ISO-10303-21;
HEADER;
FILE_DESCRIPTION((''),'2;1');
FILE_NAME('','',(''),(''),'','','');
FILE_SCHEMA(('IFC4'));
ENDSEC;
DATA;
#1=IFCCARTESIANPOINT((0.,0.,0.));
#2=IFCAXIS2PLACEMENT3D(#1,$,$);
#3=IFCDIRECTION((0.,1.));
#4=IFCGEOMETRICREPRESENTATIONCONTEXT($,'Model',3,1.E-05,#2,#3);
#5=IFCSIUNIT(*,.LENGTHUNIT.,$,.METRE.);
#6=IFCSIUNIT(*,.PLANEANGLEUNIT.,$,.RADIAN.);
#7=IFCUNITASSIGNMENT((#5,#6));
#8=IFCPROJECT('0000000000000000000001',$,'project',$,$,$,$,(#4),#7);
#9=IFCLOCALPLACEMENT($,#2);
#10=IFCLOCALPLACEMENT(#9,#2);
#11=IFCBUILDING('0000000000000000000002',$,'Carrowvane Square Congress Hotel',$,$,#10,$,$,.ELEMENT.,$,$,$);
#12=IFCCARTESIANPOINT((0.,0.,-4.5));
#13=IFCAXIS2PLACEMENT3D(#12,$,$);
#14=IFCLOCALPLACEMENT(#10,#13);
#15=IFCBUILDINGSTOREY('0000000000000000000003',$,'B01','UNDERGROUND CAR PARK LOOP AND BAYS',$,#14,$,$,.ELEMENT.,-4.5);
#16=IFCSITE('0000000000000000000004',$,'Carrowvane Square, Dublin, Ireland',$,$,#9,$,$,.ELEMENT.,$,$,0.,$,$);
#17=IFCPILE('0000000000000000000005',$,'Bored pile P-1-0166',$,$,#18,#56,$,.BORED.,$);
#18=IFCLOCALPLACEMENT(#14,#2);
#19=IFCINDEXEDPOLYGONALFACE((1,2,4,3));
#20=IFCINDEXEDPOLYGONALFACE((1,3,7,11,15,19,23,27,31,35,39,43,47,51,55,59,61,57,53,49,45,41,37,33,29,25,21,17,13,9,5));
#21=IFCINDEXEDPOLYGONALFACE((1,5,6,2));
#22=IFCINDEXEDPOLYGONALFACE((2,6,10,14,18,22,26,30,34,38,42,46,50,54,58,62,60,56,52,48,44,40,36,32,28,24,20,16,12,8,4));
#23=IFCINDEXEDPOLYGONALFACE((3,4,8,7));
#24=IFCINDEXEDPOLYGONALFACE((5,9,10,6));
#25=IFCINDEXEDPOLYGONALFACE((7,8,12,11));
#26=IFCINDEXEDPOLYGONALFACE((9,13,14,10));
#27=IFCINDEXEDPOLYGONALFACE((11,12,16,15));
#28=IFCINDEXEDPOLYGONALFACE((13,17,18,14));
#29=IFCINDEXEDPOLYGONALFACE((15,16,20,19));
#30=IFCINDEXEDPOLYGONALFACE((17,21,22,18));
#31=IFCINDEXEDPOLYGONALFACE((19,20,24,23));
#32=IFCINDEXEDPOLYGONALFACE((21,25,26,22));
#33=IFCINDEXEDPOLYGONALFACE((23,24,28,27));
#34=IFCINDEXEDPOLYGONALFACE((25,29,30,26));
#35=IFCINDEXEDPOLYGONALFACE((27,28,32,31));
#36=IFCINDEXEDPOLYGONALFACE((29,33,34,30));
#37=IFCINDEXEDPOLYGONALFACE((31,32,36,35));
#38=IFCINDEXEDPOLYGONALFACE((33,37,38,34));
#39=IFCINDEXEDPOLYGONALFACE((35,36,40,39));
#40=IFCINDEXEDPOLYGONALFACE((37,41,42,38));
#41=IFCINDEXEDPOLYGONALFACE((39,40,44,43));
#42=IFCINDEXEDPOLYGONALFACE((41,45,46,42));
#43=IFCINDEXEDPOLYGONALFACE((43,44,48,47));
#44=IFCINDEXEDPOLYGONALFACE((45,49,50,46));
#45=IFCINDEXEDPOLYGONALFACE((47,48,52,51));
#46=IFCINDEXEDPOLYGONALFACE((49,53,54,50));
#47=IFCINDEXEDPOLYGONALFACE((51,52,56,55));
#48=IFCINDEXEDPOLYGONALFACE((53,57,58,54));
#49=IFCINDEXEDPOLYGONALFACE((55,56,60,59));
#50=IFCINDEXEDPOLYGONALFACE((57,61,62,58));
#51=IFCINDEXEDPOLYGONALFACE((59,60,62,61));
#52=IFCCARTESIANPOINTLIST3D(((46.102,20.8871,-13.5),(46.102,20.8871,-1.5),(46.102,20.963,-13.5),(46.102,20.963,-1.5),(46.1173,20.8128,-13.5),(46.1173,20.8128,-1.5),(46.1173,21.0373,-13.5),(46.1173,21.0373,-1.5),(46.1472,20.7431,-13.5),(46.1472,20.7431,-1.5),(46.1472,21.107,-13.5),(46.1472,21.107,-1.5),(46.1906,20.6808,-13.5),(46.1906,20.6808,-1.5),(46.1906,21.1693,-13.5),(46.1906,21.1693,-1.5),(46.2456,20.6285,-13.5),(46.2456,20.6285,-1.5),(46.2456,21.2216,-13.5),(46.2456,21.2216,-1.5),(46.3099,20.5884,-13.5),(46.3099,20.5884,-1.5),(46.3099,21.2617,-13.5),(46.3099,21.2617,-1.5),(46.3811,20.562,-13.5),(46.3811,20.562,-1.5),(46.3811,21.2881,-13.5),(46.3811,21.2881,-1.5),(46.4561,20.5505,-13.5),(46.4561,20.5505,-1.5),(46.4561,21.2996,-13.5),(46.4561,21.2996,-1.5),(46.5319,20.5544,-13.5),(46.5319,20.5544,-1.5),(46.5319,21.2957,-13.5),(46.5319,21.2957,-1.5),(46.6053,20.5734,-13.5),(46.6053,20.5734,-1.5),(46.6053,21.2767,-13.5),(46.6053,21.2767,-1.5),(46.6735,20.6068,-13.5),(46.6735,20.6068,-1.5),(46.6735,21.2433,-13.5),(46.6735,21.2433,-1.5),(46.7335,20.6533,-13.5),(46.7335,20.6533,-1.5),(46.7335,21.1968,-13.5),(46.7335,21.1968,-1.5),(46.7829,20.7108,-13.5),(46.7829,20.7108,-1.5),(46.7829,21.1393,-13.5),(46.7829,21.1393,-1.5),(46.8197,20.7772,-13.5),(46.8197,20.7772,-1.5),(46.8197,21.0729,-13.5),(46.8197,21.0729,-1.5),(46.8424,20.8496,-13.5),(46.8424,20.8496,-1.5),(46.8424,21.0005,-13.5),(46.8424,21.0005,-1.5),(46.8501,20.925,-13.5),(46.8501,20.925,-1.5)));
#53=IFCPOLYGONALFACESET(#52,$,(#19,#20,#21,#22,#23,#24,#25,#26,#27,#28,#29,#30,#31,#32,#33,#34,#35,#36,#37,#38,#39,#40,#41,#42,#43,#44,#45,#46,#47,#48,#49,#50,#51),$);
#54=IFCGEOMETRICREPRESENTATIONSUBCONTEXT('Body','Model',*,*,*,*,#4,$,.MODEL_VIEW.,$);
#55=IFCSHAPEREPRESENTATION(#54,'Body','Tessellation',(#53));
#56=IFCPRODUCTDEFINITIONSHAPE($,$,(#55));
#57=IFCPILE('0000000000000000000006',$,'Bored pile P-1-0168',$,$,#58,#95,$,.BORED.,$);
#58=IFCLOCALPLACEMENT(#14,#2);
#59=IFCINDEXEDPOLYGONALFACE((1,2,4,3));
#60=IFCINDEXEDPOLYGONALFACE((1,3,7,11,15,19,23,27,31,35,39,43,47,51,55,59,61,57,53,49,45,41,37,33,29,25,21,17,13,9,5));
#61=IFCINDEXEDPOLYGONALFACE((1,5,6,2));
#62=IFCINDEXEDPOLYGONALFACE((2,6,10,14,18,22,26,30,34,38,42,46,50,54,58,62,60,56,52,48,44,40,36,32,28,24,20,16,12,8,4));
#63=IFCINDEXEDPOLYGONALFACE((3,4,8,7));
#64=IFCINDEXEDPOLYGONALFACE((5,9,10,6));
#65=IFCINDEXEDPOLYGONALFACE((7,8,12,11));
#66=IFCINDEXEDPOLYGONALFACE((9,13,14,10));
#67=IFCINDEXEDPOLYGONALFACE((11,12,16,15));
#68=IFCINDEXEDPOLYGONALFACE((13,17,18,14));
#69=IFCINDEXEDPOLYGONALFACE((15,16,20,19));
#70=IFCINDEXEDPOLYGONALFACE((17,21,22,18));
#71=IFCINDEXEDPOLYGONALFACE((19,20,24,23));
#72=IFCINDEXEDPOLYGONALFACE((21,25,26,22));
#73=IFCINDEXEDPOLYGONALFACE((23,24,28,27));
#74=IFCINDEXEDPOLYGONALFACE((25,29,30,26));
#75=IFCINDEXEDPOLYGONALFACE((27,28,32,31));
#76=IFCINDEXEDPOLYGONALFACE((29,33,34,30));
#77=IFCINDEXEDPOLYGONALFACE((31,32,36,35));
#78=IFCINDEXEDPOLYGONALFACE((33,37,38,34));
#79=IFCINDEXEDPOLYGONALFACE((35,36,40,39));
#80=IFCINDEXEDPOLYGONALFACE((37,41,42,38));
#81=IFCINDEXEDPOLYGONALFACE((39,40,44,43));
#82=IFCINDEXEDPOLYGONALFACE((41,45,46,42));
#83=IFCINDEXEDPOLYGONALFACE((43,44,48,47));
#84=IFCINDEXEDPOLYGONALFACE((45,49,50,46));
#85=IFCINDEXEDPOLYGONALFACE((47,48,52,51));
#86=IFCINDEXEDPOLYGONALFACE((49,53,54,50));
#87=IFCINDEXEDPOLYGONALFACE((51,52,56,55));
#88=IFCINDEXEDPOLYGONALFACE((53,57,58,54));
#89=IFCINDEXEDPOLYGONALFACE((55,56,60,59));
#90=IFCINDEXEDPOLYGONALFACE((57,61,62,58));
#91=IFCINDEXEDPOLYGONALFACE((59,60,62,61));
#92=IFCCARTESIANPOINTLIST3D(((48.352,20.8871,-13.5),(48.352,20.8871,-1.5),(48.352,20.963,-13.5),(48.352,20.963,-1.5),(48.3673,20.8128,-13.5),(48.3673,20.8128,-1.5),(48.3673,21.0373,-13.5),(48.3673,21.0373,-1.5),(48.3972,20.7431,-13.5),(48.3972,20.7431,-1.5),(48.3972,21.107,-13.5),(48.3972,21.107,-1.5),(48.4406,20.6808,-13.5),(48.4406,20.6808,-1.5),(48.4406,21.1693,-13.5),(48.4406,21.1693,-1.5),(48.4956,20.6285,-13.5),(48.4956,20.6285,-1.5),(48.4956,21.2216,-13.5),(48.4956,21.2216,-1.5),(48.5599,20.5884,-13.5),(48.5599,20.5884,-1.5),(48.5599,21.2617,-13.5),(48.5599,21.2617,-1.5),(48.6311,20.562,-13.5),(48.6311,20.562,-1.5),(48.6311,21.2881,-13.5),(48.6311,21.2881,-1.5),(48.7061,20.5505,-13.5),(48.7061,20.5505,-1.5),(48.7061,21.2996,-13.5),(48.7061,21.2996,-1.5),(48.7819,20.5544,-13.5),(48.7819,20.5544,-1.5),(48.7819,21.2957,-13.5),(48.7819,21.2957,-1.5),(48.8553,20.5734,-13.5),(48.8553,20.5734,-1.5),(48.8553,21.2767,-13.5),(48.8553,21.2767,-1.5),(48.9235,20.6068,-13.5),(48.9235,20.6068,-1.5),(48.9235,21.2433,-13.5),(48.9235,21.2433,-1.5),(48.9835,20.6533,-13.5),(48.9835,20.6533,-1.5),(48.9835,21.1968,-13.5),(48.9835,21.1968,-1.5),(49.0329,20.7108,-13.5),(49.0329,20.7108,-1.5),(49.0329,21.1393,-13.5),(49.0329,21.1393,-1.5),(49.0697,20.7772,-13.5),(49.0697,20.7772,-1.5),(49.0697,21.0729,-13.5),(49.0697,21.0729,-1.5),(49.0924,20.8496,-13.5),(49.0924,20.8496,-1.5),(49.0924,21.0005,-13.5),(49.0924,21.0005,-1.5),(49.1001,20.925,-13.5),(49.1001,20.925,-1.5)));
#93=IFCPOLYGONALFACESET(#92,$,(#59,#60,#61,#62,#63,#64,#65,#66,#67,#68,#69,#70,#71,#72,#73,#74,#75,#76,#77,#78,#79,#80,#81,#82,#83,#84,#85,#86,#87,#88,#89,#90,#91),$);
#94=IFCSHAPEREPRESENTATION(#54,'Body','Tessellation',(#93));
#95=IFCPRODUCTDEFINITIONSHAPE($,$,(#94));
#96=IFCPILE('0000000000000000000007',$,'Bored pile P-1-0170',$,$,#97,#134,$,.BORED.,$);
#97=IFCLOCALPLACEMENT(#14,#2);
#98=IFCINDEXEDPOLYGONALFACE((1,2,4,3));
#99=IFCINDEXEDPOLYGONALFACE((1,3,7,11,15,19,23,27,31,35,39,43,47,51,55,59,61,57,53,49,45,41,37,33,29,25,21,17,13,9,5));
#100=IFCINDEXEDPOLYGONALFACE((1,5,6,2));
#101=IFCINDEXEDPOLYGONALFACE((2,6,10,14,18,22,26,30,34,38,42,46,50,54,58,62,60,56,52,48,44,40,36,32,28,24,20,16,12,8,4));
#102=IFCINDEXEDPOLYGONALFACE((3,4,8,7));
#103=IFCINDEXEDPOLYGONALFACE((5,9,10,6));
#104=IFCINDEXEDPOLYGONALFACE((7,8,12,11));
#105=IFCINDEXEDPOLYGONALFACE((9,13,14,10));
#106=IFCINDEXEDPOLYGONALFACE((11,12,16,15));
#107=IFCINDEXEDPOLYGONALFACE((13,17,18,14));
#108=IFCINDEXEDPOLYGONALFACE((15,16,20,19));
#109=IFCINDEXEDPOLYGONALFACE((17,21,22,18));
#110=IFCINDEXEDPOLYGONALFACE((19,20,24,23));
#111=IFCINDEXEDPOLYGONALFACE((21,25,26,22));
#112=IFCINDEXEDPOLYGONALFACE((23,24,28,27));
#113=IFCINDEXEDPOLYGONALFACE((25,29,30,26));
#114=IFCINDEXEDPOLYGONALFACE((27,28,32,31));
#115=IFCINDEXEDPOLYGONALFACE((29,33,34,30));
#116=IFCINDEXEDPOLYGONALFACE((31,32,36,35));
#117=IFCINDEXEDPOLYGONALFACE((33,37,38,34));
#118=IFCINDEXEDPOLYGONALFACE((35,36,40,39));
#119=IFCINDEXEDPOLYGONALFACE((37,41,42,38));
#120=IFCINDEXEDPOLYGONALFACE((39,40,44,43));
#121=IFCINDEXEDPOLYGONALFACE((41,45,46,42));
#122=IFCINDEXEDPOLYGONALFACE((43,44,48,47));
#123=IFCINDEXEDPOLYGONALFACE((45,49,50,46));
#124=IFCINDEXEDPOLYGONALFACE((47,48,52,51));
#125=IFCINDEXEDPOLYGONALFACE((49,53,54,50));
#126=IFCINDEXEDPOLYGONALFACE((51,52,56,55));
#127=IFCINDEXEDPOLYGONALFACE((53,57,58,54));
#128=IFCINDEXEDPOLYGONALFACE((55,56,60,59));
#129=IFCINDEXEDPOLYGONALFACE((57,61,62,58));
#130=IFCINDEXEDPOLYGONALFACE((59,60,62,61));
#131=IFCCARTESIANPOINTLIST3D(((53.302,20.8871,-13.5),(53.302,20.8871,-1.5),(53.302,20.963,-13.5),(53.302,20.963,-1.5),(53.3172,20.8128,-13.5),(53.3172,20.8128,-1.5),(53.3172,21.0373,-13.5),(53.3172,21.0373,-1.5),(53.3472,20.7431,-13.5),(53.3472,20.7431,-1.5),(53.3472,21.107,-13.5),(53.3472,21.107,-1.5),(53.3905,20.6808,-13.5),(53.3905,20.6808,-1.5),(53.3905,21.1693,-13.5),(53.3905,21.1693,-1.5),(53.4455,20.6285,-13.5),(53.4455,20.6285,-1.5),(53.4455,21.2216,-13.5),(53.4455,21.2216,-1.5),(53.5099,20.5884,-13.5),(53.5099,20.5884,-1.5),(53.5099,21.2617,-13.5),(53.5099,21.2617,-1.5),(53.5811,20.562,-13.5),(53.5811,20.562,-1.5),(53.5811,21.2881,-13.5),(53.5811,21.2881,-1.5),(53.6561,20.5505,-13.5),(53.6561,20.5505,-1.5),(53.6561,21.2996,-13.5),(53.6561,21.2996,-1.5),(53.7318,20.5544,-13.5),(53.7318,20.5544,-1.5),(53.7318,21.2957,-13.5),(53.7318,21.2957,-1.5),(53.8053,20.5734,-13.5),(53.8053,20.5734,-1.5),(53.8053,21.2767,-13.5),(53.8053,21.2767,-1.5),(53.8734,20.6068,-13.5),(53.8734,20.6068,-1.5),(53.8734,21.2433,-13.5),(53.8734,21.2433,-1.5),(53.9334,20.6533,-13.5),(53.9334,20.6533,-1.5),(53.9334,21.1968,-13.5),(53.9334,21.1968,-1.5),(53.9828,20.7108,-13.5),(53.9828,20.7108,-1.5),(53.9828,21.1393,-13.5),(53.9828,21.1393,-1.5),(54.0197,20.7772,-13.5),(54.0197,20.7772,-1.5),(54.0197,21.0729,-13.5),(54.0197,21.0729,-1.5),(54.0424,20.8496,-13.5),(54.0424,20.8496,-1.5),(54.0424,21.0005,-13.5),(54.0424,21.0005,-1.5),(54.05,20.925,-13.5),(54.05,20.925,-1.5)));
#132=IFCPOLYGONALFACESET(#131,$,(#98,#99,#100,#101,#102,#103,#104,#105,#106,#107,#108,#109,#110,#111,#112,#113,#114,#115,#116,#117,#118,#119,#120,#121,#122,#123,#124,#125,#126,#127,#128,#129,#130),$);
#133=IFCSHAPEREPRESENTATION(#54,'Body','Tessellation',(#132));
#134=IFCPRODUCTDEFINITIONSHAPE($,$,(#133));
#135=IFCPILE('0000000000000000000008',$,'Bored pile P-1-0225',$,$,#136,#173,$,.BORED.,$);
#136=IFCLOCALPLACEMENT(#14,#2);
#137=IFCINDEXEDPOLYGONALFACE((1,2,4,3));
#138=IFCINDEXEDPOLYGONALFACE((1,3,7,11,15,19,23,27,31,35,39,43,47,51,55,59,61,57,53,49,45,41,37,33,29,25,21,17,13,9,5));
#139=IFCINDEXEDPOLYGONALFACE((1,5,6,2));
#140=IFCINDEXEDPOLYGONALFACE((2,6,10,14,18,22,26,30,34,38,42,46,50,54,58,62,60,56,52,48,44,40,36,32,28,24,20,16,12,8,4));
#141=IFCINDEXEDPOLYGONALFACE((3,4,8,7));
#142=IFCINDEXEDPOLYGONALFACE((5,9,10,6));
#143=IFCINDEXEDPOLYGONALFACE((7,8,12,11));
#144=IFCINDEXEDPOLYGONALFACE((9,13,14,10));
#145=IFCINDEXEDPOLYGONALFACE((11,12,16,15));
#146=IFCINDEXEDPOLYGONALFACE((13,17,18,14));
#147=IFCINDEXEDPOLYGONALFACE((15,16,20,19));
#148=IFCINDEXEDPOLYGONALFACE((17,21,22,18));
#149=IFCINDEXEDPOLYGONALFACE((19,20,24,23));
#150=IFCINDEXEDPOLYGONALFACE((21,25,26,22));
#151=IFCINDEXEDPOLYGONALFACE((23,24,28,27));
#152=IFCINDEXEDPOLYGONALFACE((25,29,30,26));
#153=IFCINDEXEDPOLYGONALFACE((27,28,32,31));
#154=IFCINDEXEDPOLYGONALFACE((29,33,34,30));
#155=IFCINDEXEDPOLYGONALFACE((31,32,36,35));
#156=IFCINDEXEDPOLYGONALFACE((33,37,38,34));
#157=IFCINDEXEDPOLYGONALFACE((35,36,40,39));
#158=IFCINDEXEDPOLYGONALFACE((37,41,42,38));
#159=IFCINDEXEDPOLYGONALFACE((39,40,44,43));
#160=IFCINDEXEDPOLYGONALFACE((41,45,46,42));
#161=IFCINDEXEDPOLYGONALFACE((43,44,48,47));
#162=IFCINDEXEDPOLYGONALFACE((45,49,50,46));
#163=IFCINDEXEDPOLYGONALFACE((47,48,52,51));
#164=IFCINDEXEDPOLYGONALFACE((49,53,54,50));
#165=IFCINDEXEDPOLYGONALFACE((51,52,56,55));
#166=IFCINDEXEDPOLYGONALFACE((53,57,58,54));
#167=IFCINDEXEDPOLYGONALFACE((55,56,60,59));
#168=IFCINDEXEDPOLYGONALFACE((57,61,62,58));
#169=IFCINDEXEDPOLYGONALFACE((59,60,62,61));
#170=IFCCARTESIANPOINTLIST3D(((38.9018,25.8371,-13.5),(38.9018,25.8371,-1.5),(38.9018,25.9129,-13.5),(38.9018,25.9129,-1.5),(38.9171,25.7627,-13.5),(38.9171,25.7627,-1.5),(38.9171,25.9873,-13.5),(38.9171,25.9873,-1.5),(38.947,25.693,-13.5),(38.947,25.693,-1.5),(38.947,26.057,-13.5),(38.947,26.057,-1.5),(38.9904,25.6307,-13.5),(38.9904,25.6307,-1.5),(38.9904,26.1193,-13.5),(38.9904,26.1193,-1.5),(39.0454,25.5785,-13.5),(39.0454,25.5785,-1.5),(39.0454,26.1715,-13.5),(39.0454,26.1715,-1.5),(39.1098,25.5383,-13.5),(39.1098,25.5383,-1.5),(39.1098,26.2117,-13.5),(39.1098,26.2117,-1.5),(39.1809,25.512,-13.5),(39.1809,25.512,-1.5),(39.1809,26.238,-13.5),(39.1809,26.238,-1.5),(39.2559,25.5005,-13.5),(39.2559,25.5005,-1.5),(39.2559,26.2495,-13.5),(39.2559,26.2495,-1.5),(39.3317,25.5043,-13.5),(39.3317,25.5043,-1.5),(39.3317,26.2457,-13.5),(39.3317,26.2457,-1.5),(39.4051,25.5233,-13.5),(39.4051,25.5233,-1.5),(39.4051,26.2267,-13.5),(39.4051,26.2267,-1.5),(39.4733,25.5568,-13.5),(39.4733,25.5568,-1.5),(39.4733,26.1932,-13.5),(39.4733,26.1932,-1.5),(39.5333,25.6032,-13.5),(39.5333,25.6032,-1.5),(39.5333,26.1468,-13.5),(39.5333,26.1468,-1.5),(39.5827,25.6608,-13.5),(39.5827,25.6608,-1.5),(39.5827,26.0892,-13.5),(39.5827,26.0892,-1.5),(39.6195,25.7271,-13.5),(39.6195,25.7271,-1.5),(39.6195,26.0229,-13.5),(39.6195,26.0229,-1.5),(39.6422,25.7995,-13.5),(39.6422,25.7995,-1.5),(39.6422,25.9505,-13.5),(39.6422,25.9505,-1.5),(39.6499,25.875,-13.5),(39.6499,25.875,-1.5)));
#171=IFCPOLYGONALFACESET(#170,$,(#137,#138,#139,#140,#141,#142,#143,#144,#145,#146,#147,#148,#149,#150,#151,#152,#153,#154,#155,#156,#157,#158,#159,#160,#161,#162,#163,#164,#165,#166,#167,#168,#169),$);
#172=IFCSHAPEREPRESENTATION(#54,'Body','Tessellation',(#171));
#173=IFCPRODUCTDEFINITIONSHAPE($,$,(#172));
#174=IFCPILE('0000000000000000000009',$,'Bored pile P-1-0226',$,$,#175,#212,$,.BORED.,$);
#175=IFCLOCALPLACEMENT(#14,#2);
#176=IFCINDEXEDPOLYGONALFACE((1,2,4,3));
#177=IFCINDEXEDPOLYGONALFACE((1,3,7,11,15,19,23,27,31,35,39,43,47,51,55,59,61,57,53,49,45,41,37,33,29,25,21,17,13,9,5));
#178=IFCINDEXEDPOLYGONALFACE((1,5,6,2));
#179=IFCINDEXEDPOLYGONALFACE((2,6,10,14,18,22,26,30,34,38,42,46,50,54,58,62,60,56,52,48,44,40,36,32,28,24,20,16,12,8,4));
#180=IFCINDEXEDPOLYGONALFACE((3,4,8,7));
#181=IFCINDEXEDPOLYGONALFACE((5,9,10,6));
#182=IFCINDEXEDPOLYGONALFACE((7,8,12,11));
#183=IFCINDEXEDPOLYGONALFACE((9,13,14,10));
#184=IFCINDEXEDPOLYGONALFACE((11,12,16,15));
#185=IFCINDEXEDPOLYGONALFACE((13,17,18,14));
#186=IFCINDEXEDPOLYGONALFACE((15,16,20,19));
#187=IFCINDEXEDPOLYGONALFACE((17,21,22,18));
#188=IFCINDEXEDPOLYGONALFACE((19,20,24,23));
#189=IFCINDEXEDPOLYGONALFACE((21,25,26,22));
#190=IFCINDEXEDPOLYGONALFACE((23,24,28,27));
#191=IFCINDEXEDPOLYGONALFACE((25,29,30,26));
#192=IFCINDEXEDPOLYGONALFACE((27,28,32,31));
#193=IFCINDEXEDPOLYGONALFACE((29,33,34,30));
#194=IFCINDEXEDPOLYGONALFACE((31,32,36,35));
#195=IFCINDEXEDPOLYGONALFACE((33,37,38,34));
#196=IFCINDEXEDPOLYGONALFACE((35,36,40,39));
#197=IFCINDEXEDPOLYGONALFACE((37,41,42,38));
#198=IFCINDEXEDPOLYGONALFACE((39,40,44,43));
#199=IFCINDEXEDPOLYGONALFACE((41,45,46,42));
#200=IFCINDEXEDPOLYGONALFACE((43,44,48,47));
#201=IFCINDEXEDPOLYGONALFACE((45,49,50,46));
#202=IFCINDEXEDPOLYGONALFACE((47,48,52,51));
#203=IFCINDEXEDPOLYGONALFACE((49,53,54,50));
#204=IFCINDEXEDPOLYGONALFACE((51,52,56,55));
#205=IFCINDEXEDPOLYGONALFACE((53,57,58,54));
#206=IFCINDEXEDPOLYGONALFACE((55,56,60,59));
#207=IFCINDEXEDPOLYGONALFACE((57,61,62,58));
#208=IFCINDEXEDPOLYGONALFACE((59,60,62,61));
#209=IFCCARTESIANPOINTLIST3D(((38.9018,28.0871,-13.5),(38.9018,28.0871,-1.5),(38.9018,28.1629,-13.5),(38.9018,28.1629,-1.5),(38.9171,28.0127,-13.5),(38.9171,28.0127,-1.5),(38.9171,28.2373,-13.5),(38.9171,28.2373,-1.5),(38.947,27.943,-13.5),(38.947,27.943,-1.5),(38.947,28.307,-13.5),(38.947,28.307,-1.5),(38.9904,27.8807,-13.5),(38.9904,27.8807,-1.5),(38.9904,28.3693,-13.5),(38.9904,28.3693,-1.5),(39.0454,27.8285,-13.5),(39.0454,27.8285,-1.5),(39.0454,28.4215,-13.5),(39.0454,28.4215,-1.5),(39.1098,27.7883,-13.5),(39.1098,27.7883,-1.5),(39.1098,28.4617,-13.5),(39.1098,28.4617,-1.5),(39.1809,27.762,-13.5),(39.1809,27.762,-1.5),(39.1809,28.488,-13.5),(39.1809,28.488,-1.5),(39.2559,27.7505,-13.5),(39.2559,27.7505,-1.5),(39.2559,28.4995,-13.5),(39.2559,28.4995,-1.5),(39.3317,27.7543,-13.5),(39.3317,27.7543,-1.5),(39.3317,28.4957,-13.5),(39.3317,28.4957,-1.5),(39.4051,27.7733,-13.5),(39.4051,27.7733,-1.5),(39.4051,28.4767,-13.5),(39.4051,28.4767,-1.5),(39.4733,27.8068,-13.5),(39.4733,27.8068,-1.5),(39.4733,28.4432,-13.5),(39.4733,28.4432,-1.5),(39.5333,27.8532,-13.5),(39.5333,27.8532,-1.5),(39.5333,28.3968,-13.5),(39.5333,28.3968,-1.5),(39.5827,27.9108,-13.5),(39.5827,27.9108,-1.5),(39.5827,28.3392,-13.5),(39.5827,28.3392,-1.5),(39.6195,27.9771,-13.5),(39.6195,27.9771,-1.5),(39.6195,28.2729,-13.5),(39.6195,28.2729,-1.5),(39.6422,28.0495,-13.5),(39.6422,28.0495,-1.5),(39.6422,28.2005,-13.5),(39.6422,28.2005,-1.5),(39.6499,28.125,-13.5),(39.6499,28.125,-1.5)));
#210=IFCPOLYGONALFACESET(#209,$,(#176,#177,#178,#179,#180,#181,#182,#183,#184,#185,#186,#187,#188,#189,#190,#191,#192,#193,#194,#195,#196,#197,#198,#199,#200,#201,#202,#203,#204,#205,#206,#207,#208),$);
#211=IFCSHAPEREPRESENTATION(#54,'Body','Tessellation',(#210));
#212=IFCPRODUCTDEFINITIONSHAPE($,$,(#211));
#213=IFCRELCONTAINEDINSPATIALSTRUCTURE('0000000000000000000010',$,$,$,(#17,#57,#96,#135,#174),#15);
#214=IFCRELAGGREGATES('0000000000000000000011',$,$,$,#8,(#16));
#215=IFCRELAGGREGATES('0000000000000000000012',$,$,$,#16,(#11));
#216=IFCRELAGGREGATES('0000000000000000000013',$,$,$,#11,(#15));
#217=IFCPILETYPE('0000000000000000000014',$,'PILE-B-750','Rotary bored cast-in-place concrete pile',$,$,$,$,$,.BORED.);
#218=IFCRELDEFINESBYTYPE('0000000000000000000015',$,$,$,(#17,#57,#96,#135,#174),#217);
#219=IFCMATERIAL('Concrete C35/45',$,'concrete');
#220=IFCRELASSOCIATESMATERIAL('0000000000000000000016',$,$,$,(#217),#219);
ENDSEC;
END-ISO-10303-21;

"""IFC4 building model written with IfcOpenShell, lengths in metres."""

from ifc_helpers import new_model, si_unit, direction, frame, origin, origin_2d, place, context, subcontext, project, spatial, circle, extrude, material, material_profile, profile_set, type_object, element, save


model = new_model("IFC4")

# Units and contexts
model_context = context("Model", 3, precision=1e-05, world=origin(), true_north=direction((0.0, 1.0)))
body_context = subcontext(model_context, "Body", "Model", "MODEL_VIEW")
ifc_project = project(units=[si_unit("LENGTHUNIT", "METRE"), si_unit("PLANEANGLEUNIT", "RADIAN")], contexts=[model_context])

# Site, building, storey
site_placement = place(None, origin())
site = spatial("IfcSite", under=ifc_project, at=site_placement, Name="Carrowvane Square, Dublin, Ireland", CompositionType="ELEMENT", RefElevation=0.0)
building_placement = place(site_placement, origin())
building = spatial("IfcBuilding", under=site, at=building_placement, Name="Carrowvane Square Congress Hotel", CompositionType="ELEMENT")
storey_placement = place(building_placement, frame((0.0, 0.0, -4.5)))
storey = spatial("IfcBuildingStorey", under=building, at=storey_placement, Name="B01", Description="UNDERGROUND CAR PARK LOOP AND BAYS", CompositionType="ELEMENT", Elevation=-4.5)

# Piles
ifc_material_1 = material(Name="Concrete C35/45", Category="concrete")
ifc_material_profile_1 = material_profile(ifc_material_1, circle(Radius=0.375, at=origin_2d()), Name="PILE D750")
ifc_profile_set_1 = profile_set([ifc_material_profile_1], Name="Concrete C35/45")
pile_type = type_object("IfcPileType", Name="PILE-B-750", Description="Rotary bored cast-in-place concrete pile", PredefinedType="BORED", material=ifc_profile_set_1)
for number, where, z_axis, x_axis, name in (
    (1, (46.4751, 20.925, -1.5), (0.0, 0.0, -1.0), (1.0, 0.0, 0.0), "Bored pile P-1-0166"),
    (2, (48.7251, 20.925, -1.5), (0.0, 0.0, -1.0), (1.0, 0.0, 0.0), "Bored pile P-1-0168"),
    (3, (53.675, 20.925, -1.5), (0.0, 0.0, -1.0), (1.0, 0.0, 0.0), "Bored pile P-1-0170"),
    (4, (39.2749, 25.875, -1.5), (0.0, 0.0, -1.0), (1.0, 0.0, 0.0), "Bored pile P-1-0225"),
    (5, (39.2749, 28.125, -1.5), (0.0, 0.0, -1.0), (1.0, 0.0, 0.0), "Bored pile P-1-0226"),
):
    element("IfcPile", number, at=place(storey_placement, frame(where, z_axis=z_axis, x_axis=x_axis)), inside=storey, type_object=pile_type, Name=name, PredefinedType="BORED", context=body_context, shape_type="SweptSolid", body=[
        extrude(circle(Radius=0.375, at=origin_2d()), origin(), (0.0, 0.0, 1.0), 12.0),
    ])

save(model, "model.ifc")
